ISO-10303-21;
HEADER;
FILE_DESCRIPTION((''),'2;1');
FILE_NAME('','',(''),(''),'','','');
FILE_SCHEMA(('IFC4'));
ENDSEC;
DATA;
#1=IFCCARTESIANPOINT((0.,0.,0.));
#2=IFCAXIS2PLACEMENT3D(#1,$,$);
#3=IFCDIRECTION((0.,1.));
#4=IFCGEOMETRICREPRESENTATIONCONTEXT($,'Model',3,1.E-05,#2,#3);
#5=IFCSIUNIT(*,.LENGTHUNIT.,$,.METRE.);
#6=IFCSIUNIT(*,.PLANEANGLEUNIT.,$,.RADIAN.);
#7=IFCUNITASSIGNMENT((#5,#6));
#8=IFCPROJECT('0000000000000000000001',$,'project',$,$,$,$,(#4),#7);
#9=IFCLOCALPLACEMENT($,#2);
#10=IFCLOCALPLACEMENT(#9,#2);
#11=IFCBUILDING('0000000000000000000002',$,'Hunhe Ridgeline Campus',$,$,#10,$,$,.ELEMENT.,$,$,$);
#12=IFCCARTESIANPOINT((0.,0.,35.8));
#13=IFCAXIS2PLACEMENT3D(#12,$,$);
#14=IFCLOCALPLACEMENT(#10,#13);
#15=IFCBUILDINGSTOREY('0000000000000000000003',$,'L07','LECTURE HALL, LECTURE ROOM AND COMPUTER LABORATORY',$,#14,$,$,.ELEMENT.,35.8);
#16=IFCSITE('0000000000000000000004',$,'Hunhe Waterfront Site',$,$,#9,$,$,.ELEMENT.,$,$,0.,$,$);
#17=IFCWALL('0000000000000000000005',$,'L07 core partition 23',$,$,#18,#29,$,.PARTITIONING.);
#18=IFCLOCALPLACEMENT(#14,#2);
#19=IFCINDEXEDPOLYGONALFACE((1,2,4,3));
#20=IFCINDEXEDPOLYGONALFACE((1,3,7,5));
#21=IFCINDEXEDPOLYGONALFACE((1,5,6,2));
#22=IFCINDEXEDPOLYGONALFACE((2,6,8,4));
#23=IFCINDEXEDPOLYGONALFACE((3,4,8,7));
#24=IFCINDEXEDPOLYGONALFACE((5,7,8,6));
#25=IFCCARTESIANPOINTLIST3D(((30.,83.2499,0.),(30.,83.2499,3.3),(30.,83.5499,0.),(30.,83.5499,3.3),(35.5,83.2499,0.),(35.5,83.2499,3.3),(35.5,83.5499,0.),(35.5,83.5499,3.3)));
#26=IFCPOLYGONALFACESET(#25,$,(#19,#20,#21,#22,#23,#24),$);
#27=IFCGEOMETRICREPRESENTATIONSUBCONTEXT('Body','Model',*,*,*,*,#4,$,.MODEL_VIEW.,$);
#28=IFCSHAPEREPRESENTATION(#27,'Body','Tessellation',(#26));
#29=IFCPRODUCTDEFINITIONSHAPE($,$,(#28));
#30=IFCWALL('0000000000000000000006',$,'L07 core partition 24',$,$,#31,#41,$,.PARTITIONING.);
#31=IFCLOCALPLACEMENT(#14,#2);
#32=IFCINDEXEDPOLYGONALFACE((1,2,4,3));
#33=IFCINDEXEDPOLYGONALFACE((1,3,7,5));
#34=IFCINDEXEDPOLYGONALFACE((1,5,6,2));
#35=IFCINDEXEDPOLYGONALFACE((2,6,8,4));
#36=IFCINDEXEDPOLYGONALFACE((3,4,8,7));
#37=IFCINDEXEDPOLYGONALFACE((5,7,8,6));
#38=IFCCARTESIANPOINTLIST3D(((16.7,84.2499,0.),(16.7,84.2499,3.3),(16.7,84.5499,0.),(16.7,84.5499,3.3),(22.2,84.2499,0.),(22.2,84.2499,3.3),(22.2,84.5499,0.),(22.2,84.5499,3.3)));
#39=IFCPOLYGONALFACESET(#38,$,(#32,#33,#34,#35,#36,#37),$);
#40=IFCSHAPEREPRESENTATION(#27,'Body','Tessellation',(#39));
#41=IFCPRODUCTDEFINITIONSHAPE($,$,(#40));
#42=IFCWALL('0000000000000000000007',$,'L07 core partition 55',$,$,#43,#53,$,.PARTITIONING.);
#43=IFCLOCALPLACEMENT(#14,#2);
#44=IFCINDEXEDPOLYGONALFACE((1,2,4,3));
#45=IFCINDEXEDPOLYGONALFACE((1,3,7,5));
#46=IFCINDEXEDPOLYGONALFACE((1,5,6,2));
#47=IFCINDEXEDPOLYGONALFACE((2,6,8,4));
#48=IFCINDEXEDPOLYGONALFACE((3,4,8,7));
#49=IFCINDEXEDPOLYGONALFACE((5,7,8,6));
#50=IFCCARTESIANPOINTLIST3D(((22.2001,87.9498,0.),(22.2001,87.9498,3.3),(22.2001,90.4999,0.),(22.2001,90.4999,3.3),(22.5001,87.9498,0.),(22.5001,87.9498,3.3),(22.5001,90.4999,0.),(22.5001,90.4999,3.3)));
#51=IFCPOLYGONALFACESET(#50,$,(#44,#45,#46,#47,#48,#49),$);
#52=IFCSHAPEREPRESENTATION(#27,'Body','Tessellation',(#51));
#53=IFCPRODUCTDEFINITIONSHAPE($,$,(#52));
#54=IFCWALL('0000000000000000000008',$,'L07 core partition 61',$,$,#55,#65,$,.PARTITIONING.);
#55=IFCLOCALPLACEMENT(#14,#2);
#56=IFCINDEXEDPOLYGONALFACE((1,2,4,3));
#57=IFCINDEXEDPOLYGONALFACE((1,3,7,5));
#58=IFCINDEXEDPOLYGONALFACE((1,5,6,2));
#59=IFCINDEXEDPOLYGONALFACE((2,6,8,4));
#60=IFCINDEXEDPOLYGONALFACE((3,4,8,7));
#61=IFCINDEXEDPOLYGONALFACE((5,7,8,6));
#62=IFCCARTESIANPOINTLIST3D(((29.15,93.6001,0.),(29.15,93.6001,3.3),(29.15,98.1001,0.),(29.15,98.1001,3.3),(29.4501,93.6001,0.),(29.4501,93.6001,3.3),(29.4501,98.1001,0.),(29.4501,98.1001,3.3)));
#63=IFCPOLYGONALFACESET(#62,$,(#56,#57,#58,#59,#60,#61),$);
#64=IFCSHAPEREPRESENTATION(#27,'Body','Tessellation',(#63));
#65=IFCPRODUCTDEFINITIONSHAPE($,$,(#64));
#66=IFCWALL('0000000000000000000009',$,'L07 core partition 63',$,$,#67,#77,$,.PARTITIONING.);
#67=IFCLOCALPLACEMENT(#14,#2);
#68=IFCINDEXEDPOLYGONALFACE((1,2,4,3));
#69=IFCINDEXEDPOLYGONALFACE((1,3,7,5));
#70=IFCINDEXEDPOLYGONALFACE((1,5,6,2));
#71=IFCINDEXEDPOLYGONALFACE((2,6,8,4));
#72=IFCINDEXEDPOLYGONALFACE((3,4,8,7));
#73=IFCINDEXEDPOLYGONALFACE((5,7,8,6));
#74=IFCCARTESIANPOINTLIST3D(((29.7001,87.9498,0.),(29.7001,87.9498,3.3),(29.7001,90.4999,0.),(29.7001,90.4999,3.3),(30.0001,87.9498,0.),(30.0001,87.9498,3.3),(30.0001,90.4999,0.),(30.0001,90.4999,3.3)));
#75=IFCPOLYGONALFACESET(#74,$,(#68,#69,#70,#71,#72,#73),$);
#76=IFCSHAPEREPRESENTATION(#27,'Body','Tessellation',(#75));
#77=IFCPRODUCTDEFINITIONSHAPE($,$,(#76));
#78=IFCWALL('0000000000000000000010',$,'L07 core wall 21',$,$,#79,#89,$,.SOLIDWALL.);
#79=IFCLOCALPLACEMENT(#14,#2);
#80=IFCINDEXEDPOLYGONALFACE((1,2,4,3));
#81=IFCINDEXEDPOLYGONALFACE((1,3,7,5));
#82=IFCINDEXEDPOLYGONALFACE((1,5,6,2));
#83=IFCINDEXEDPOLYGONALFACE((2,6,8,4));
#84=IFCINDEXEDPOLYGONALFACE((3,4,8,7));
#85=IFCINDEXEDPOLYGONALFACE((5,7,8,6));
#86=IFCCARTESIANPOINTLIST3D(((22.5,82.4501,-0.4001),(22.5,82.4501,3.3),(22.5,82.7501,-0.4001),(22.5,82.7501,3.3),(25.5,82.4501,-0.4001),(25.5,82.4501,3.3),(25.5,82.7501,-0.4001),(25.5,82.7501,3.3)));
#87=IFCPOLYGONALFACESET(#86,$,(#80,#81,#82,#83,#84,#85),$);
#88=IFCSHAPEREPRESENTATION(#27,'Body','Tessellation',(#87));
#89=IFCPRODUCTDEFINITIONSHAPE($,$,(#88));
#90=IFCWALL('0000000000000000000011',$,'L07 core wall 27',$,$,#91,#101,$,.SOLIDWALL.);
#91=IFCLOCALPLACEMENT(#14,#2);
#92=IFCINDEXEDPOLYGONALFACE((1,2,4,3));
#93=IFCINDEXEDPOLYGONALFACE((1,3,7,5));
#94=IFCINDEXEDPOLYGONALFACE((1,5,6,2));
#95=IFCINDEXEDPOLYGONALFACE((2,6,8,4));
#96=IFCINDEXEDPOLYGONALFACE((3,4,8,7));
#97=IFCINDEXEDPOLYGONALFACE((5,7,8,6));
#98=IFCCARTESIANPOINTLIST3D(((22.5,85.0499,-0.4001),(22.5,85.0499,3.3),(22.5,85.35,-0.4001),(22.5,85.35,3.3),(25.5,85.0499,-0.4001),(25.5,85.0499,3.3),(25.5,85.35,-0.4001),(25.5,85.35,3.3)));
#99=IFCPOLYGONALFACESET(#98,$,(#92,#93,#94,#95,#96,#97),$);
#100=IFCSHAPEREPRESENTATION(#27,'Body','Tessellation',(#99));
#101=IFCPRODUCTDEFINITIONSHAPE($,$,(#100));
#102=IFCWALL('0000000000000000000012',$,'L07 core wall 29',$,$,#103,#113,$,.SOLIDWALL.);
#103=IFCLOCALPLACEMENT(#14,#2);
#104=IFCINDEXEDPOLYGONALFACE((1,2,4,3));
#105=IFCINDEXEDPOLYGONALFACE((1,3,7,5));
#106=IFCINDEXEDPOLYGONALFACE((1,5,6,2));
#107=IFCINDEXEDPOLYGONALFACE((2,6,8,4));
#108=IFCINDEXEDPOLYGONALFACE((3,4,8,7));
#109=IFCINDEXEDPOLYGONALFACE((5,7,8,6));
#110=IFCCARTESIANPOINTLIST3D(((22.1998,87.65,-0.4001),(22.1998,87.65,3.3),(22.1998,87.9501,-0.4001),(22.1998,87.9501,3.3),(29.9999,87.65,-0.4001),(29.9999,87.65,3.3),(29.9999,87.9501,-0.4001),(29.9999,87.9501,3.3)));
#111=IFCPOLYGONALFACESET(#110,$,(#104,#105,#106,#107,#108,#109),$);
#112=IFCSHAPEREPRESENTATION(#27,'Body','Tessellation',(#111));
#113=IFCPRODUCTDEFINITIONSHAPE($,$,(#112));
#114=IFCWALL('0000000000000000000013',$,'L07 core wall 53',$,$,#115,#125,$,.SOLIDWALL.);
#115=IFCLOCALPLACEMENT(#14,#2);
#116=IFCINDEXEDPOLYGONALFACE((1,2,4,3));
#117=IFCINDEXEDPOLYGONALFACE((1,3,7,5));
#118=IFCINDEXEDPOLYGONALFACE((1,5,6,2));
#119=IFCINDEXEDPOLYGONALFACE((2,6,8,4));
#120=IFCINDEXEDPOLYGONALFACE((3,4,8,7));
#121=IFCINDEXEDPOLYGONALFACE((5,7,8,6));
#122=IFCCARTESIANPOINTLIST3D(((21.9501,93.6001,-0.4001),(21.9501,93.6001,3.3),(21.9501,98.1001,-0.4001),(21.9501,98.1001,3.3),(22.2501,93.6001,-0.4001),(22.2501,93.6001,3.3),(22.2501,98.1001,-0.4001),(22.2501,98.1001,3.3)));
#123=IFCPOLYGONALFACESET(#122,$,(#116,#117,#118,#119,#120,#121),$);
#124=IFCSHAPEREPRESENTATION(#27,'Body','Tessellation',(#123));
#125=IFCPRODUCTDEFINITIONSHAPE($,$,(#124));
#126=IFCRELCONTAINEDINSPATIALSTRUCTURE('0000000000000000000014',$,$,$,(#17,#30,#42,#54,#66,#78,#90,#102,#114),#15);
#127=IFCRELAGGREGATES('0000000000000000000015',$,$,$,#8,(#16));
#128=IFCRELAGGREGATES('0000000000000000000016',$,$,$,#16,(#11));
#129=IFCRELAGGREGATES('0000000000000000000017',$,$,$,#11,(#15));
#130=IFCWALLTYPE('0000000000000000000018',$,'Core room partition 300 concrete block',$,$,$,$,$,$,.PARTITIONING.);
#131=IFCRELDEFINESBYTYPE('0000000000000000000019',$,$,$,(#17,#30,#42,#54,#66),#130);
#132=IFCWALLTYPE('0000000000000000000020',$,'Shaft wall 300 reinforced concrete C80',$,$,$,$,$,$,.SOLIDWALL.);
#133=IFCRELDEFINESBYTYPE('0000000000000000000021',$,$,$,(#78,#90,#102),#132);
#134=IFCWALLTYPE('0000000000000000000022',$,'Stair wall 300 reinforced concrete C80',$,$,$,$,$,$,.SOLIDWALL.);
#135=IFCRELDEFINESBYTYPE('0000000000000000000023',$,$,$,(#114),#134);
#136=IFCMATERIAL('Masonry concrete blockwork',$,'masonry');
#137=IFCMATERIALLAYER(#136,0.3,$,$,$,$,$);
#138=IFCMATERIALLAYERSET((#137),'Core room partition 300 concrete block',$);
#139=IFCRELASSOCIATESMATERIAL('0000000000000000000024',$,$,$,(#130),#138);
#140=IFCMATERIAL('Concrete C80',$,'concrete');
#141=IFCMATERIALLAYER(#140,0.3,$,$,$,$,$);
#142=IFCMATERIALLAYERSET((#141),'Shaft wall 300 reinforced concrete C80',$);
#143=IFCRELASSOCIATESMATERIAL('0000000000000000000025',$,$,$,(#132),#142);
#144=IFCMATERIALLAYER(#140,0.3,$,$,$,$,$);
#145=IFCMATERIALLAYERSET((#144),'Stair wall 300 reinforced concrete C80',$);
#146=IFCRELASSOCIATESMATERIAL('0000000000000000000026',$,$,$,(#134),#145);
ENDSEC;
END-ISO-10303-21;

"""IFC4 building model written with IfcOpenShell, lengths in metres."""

from ifc_helpers import new_model, si_unit, direction, frame, frame_2d, origin, place, context, subcontext, project, spatial, rectangle, extrude, material, layer, layer_set, type_object, element, save


model = new_model("IFC4")

# Units and contexts
model_context = context("Model", 3, precision=1e-05, world=origin(), true_north=direction((0.0, 1.0)))
body_context = subcontext(model_context, "Body", "Model", "MODEL_VIEW")
ifc_project = project(units=[si_unit("LENGTHUNIT", "METRE"), si_unit("PLANEANGLEUNIT", "RADIAN")], contexts=[model_context])

# Site, building, storey
site_placement = place(None, origin())
site = spatial("IfcSite", under=ifc_project, at=site_placement, Name="Hunhe Waterfront Site", CompositionType="ELEMENT", RefElevation=0.0)
building_placement = place(site_placement, origin())
building = spatial("IfcBuilding", under=site, at=building_placement, Name="Hunhe Ridgeline Campus", CompositionType="ELEMENT")
storey_placement = place(building_placement, frame((0.0, 0.0, 35.8)))
storey = spatial("IfcBuildingStorey", under=building, at=storey_placement, Name="L07", Description="LECTURE HALL, LECTURE ROOM AND COMPUTER LABORATORY", CompositionType="ELEMENT", Elevation=35.8)

# Walls
ifc_material_1 = material(Name="Masonry concrete blockwork", Category="masonry")
ifc_layer_1 = layer(ifc_material_1, 0.3)
ifc_layer_set_1 = layer_set([ifc_layer_1], Name="Core room partition 300 concrete block")
wall_type_1 = type_object("IfcWallType", Name="Core room partition 300 concrete block", PredefinedType="PARTITIONING", material=ifc_layer_set_1)
for number, where, z_axis, x_axis, name in (
    (1, (30.0, 83.3999, 0.0), (0.0, 0.0, 1.0), (1.0, 0.0, 0.0), "L07 core partition 23"),
    (2, (16.7, 84.3999, 0.0), (0.0, 0.0, 1.0), (1.0, 0.0, 0.0), "L07 core partition 24"),
):
    element("IfcWall", number, at=place(storey_placement, frame(where, z_axis=z_axis, x_axis=x_axis)), inside=storey, type_object=wall_type_1, Name=name, PredefinedType="PARTITIONING", context=body_context, shape_type="SweptSolid", body=[
        extrude(rectangle(XDim=5.5, YDim=0.3, at=frame_2d((2.75, 0.0))), origin(), (0.0, 0.0, 1.0), 3.3),
    ])
wall_1_placement = place(storey_placement, frame((22.3501, 87.95, 0.0), z_axis=(0.0, 0.0, 1.0), x_axis=(0.0, 1.0, 0.0)))
element("IfcWall", 3, at=wall_1_placement, inside=storey, type_object=wall_type_1, Name="L07 core partition 55", PredefinedType="PARTITIONING", context=body_context, shape_type="SweptSolid", body=[
    extrude(rectangle(XDim=2.55, YDim=0.3, at=frame_2d((1.2749, 0.0))), origin(), (0.0, 0.0, 1.0), 3.3),
])
wall_2_placement = place(storey_placement, frame((29.3, 93.6001, 0.0), z_axis=(0.0, 0.0, 1.0), x_axis=(0.0, 1.0, 0.0)))
element("IfcWall", 4, at=wall_2_placement, inside=storey, type_object=wall_type_1, Name="L07 core partition 61", PredefinedType="PARTITIONING", context=body_context, shape_type="SweptSolid", body=[
    extrude(rectangle(XDim=4.5, YDim=0.3, at=frame_2d((2.25, 0.0))), origin(), (0.0, 0.0, 1.0), 3.3),
])
wall_3_placement = place(storey_placement, frame((29.8501, 87.95, 0.0), z_axis=(0.0, 0.0, 1.0), x_axis=(0.0, 1.0, 0.0)))
element("IfcWall", 5, at=wall_3_placement, inside=storey, type_object=wall_type_1, Name="L07 core partition 63", PredefinedType="PARTITIONING", context=body_context, shape_type="SweptSolid", body=[
    extrude(rectangle(XDim=2.55, YDim=0.3, at=frame_2d((1.2749, 0.0))), origin(), (0.0, 0.0, 1.0), 3.3),
])
ifc_material_2 = material(Name="Concrete C80", Category="concrete")
ifc_layer_2 = layer(ifc_material_2, 0.3)
ifc_layer_set_2 = layer_set([ifc_layer_2], Name="Shaft wall 300 reinforced concrete C80")
wall_type_2 = type_object("IfcWallType", Name="Shaft wall 300 reinforced concrete C80", PredefinedType="SOLIDWALL", material=ifc_layer_set_2)
for number, where, z_axis, x_axis, name in (
    (6, (22.5, 82.6001, -0.4001), (0.0, 0.0, 1.0), (1.0, 0.0, 0.0), "L07 core wall 21"),
    (7, (22.5, 85.2, -0.4001), (0.0, 0.0, 1.0), (1.0, 0.0, 0.0), "L07 core wall 27"),
):
    element("IfcWall", number, at=place(storey_placement, frame(where, z_axis=z_axis, x_axis=x_axis)), inside=storey, type_object=wall_type_2, Name=name, PredefinedType="SOLIDWALL", context=body_context, shape_type="SweptSolid", body=[
        extrude(rectangle(XDim=3.0, YDim=0.3, at=frame_2d((1.5, 0.0))), origin(), (0.0, 0.0, 1.0), 3.7002),
    ])
wall_4_placement = place(storey_placement, frame((22.2, 87.8, -0.4001), z_axis=(0.0, 0.0, 1.0), x_axis=(1.0, 0.0, 0.0)))
element("IfcWall", 8, at=wall_4_placement, inside=storey, type_object=wall_type_2, Name="L07 core wall 29", PredefinedType="SOLIDWALL", context=body_context, shape_type="SweptSolid", body=[
    extrude(rectangle(XDim=7.8, YDim=0.3, at=frame_2d((3.8999, 0.0))), origin(), (0.0, 0.0, 1.0), 3.7002),
])

# Shared definitions
ifc_layer_3 = layer(ifc_material_2, 0.3)
ifc_layer_set_3 = layer_set([ifc_layer_3], Name="Stair wall 300 reinforced concrete C80")
wall_type_3 = type_object("IfcWallType", Name="Stair wall 300 reinforced concrete C80", PredefinedType="SOLIDWALL", material=ifc_layer_set_3)

# Wall
wall_5_placement = place(storey_placement, frame((22.1001, 93.6001, -0.4001), z_axis=(0.0, 0.0, 1.0), x_axis=(0.0, 1.0, 0.0)))
element("IfcWall", 9, at=wall_5_placement, inside=storey, type_object=wall_type_3, Name="L07 core wall 53", PredefinedType="SOLIDWALL", context=body_context, shape_type="SweptSolid", body=[
    extrude(rectangle(XDim=4.5, YDim=0.3, at=frame_2d((2.25, 0.0))), origin(), (0.0, 0.0, 1.0), 3.7002),
])

save(model, "model.ifc")
